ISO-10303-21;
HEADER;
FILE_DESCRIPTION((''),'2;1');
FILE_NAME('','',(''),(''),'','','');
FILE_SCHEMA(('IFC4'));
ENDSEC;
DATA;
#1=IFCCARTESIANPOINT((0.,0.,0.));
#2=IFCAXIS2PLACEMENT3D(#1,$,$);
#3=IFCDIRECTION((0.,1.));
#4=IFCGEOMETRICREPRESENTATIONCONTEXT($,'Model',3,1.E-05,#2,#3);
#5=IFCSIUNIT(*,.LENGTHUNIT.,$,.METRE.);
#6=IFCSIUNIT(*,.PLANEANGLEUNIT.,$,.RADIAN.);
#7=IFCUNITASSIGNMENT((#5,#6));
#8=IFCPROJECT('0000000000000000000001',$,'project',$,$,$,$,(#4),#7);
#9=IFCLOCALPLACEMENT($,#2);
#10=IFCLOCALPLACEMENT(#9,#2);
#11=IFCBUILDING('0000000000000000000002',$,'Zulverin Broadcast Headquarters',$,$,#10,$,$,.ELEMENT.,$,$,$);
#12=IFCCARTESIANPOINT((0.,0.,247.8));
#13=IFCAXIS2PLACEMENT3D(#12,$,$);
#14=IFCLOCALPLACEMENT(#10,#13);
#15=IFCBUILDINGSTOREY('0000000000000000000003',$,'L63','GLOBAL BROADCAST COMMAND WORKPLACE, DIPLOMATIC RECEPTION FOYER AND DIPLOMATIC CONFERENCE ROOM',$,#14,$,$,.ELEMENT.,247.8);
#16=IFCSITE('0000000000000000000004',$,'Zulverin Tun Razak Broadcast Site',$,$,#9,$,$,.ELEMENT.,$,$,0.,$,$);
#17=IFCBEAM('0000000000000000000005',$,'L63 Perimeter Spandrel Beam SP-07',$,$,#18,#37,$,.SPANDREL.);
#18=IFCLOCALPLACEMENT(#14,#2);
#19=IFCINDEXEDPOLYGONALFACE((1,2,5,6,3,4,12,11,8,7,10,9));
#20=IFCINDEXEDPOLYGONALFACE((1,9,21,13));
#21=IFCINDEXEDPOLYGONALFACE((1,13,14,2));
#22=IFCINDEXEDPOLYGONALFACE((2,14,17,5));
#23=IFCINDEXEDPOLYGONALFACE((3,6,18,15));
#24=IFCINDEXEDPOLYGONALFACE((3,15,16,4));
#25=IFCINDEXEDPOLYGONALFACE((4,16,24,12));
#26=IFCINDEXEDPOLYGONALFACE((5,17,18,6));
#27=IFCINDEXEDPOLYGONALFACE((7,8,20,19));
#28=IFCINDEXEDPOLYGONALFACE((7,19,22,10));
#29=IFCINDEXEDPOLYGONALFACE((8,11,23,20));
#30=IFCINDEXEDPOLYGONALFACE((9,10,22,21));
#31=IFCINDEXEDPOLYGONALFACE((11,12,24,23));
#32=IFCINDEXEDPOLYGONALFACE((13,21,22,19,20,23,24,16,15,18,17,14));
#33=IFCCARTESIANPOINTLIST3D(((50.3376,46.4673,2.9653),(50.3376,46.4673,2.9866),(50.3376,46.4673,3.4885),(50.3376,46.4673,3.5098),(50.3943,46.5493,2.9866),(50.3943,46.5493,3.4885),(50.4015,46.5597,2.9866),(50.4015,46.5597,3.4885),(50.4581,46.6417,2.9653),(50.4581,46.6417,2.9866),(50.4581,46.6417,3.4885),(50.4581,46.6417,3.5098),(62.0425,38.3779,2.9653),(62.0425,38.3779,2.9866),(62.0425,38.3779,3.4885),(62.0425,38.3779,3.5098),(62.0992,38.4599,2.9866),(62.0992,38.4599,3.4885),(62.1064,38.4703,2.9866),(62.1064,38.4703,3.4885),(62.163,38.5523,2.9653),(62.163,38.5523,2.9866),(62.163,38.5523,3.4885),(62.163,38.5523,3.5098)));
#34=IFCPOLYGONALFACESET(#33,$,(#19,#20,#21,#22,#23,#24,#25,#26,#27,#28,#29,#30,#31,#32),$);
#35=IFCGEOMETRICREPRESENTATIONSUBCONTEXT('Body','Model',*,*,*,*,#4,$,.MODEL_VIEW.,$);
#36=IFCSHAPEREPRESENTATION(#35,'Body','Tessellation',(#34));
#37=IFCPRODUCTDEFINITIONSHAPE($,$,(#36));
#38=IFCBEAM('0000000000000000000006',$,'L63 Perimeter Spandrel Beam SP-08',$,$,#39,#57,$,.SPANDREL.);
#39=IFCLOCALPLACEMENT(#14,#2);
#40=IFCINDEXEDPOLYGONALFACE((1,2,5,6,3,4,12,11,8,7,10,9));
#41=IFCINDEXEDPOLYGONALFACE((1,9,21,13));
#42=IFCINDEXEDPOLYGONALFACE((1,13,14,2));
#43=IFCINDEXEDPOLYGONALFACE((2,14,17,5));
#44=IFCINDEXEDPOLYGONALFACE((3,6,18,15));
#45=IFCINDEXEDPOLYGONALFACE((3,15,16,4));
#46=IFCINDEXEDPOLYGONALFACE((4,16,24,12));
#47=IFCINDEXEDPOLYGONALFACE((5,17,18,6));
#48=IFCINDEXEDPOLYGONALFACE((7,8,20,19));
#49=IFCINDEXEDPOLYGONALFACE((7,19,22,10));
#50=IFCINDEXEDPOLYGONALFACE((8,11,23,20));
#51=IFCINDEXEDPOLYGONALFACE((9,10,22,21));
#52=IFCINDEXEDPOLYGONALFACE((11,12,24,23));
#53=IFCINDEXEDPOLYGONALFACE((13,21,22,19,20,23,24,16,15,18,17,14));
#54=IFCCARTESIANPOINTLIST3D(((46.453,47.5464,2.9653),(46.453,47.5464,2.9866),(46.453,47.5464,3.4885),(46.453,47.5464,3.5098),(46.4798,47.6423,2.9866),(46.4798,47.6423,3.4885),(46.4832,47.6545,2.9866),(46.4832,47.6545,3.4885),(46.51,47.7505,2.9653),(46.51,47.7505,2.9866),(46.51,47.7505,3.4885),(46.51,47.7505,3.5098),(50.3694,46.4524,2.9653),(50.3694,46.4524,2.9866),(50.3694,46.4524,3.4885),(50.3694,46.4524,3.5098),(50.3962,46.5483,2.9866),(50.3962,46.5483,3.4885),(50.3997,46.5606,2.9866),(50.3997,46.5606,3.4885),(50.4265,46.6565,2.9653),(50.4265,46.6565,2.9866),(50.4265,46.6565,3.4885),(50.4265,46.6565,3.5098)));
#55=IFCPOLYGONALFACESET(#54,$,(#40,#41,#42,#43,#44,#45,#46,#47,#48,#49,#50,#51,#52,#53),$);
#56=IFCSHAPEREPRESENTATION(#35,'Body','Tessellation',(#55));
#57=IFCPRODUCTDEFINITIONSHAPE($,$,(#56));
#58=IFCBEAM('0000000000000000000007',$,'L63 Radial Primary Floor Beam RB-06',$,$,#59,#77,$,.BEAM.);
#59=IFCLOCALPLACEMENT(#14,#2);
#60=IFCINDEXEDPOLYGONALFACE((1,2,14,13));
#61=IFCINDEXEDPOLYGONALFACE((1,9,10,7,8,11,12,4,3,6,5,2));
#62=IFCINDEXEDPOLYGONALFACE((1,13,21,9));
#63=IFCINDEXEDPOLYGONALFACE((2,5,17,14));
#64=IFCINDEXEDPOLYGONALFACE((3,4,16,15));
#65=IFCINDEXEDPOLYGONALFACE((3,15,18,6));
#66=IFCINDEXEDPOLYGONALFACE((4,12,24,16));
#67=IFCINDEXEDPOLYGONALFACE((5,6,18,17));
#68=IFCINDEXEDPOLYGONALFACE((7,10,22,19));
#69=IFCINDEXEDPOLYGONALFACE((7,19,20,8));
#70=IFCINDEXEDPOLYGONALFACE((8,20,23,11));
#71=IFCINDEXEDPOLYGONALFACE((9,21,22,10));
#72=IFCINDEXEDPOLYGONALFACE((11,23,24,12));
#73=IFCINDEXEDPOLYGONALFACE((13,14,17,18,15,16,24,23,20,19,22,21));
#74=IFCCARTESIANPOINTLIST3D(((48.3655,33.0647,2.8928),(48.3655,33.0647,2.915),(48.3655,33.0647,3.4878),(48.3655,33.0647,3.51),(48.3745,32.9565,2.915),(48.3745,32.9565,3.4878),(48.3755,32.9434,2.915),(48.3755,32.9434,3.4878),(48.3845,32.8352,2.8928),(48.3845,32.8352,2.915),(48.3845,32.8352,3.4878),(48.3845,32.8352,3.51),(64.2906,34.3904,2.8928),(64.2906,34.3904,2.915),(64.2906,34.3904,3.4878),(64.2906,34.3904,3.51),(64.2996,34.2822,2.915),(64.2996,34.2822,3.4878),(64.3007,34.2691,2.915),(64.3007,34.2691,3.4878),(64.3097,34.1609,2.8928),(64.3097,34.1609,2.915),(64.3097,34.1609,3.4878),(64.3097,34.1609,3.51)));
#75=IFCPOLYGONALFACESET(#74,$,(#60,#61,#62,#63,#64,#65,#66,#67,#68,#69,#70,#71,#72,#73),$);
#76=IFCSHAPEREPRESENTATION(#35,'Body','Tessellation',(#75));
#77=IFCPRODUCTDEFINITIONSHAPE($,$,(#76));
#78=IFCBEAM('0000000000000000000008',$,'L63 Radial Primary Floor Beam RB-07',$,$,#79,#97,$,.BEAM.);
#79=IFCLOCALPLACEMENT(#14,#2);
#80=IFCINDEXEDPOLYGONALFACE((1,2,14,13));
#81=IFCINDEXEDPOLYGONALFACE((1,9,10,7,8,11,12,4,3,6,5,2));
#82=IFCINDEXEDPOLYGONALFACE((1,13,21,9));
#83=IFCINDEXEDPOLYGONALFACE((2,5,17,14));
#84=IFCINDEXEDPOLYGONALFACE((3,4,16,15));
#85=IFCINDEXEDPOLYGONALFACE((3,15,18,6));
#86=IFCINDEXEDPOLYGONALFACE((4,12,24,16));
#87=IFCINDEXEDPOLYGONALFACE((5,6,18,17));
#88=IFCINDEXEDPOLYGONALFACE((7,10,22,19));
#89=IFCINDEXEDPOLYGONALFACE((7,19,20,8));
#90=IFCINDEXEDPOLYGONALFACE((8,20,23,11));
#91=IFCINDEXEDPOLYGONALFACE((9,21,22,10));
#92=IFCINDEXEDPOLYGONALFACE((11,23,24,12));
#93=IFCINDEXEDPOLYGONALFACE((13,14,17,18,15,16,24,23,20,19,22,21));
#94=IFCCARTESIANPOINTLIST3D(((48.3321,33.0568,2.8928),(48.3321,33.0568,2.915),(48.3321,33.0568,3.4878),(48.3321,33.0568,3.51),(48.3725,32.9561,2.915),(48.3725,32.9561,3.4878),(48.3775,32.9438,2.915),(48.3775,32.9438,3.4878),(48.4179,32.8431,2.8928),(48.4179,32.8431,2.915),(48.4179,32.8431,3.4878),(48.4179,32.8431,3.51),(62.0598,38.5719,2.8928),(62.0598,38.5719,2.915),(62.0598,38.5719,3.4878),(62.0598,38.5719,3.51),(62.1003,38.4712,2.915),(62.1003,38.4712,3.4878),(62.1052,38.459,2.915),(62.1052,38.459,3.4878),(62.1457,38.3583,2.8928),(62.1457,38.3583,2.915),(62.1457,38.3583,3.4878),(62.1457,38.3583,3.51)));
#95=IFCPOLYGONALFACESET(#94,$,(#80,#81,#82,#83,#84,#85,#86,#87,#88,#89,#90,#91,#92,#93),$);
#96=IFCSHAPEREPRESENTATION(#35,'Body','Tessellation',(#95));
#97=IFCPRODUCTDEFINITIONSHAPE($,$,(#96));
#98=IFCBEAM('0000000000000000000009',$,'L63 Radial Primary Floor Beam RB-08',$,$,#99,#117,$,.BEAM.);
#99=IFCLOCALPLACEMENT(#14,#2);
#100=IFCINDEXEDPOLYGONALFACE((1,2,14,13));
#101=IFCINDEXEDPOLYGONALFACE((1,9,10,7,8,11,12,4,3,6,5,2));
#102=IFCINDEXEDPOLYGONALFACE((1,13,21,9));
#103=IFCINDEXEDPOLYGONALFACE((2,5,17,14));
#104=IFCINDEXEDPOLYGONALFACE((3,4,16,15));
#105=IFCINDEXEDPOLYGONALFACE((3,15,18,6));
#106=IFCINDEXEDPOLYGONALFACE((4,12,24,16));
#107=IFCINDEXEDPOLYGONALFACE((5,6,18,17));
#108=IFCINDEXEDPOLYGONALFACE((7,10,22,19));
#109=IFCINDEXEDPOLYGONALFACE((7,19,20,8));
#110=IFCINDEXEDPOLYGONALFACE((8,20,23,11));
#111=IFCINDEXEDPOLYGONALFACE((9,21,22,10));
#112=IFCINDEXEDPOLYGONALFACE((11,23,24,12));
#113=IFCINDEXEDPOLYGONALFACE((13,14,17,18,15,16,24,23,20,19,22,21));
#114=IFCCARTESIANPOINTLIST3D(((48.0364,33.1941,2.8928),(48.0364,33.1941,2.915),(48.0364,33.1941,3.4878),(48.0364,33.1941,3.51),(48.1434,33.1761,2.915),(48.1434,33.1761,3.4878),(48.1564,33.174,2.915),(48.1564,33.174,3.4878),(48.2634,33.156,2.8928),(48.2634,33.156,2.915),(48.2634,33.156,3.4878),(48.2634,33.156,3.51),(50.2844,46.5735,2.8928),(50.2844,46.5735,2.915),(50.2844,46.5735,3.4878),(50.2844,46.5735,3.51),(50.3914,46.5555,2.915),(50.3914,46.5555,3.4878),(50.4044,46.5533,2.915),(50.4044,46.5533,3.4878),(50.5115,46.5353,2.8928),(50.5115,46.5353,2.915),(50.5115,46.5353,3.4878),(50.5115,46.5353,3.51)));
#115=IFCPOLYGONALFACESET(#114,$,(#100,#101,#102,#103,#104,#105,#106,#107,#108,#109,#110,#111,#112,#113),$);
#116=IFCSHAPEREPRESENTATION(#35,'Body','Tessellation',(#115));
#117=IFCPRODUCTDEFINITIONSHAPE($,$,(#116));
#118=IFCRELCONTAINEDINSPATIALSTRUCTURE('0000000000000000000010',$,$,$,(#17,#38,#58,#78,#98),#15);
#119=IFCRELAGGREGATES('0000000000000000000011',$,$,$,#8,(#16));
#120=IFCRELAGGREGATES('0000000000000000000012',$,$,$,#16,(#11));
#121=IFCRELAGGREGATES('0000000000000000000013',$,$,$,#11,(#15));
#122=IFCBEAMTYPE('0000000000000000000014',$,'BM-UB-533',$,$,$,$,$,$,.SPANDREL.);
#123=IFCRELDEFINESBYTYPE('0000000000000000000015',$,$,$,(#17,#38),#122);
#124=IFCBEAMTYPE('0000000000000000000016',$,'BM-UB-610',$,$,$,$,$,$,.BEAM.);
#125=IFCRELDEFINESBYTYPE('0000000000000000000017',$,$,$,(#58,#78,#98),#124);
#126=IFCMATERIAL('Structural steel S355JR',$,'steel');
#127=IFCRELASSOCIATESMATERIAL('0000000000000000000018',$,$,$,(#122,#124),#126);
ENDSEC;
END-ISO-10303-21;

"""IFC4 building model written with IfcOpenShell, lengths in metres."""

from ifc_helpers import new_model, si_unit, direction, frame, origin, origin_2d, place, context, subcontext, project, spatial, i_section, extrude, material, material_profile, profile_set, type_object, element, save


model = new_model("IFC4")

# Units and contexts
model_context = context("Model", 3, precision=1e-05, world=origin(), true_north=direction((0.0, 1.0)))
body_context = subcontext(model_context, "Body", "Model", "MODEL_VIEW")
ifc_project = project(units=[si_unit("LENGTHUNIT", "METRE"), si_unit("PLANEANGLEUNIT", "RADIAN")], contexts=[model_context])

# Site, building, storey
site_placement = place(None, origin())
site = spatial("IfcSite", under=ifc_project, at=site_placement, Name="Zulverin Tun Razak Broadcast Site", CompositionType="ELEMENT", RefElevation=0.0)
building_placement = place(site_placement, origin())
building = spatial("IfcBuilding", under=site, at=building_placement, Name="Zulverin Broadcast Headquarters", CompositionType="ELEMENT")
storey_placement = place(building_placement, frame((0.0, 0.0, 247.8)))
storey = spatial("IfcBuildingStorey", under=building, at=storey_placement, Name="L63", Description="GLOBAL BROADCAST COMMAND WORKPLACE, DIPLOMATIC RECEPTION FOYER AND DIPLOMATIC CONFERENCE ROOM", CompositionType="ELEMENT", Elevation=247.8)

# Beams
ifc_material_1 = material(Name="Structural steel S355JR", Category="steel")
ifc_material_profile_1 = material_profile(ifc_material_1, i_section(OverallWidth=0.2119, OverallDepth=0.5444, WebThickness=0.0127, FlangeThickness=0.0212, at=origin_2d()), Name="Structural steel S355JR", Category="steel")
ifc_profile_set_1 = profile_set([ifc_material_profile_1], Name="Structural steel S355JR")
beam_type_1 = type_object("IfcBeamType", Name="BM-UB-533", PredefinedType="SPANDREL", material=ifc_profile_set_1)
beam_1_placement = place(storey_placement, frame((62.1028, 38.4651, 3.2375), z_axis=(-0.822652, 0.568545, 0.0), x_axis=(-0.568545, -0.822652, 0.0)))
element("IfcBeam", 1, at=beam_1_placement, inside=storey, type_object=beam_type_1, Name="L63 Perimeter Spandrel Beam SP-07", PredefinedType="SPANDREL", context=body_context, shape_type="SweptSolid", body=[
    extrude(i_section(OverallWidth=0.2119, OverallDepth=0.5444, WebThickness=0.0127, FlangeThickness=0.0212, at=origin_2d()), origin(), (0.0, 0.0, 1.0), 14.2283),
])
beam_2_placement = place(storey_placement, frame((50.3979, 46.5544, 3.2375), z_axis=(-0.963132, 0.269031, 0.0), x_axis=(-0.269031, -0.963132, 0.0)))
element("IfcBeam", 2, at=beam_2_placement, inside=storey, type_object=beam_type_1, Name="L63 Perimeter Spandrel Beam SP-08", PredefinedType="SPANDREL", context=body_context, shape_type="SweptSolid", body=[
    extrude(i_section(OverallWidth=0.2119, OverallDepth=0.5444, WebThickness=0.0127, FlangeThickness=0.0212, at=origin_2d()), origin(), (0.0, 0.0, 1.0), 4.0664),
])
ifc_material_profile_2 = material_profile(ifc_material_1, i_section(OverallWidth=0.2302, OverallDepth=0.6172, WebThickness=0.0132, FlangeThickness=0.0222, at=origin_2d()), Name="Structural steel S355JR", Category="steel")
ifc_profile_set_2 = profile_set([ifc_material_profile_2], Name="Structural steel S355JR")
beam_type_2 = type_object("IfcBeamType", Name="BM-UB-610", PredefinedType="BEAM", material=ifc_profile_set_2)
beam_3_placement = place(storey_placement, frame((48.375, 32.95, 3.2014), z_axis=(0.996553, 0.082958, 0.0), x_axis=(-0.082958, 0.996553, 0.0)))
element("IfcBeam", 3, at=beam_3_placement, inside=storey, type_object=beam_type_2, Name="L63 Radial Primary Floor Beam RB-06", PredefinedType="BEAM", context=body_context, shape_type="SweptSolid", body=[
    extrude(i_section(OverallWidth=0.2302, OverallDepth=0.6172, WebThickness=0.0132, FlangeThickness=0.0222, at=origin_2d()), origin(), (0.0, 0.0, 1.0), 15.9802),
])
beam_4_placement = place(storey_placement, frame((48.375, 32.95, 3.2014), z_axis=(0.927916, 0.37279, 0.0), x_axis=(-0.37279, 0.927916, 0.0)))
element("IfcBeam", 4, at=beam_4_placement, inside=storey, type_object=beam_type_2, Name="L63 Radial Primary Floor Beam RB-07", PredefinedType="BEAM", context=body_context, shape_type="SweptSolid", body=[
    extrude(i_section(OverallWidth=0.2302, OverallDepth=0.6172, WebThickness=0.0132, FlangeThickness=0.0222, at=origin_2d()), origin(), (0.0, 0.0, 1.0), 14.7942),
])
beam_5_placement = place(storey_placement, frame((48.1499, 33.175, 3.2014), z_axis=(0.1657, 0.986176, 0.0), x_axis=(-0.986176, 0.1657, 0.0)))
element("IfcBeam", 5, at=beam_5_placement, inside=storey, type_object=beam_type_2, Name="L63 Radial Primary Floor Beam RB-08", PredefinedType="BEAM", context=body_context, shape_type="SweptSolid", body=[
    extrude(i_section(OverallWidth=0.2302, OverallDepth=0.6172, WebThickness=0.0132, FlangeThickness=0.0222, at=origin_2d()), origin(), (0.0, 0.0, 1.0), 13.5669),
])

save(model, "model.ifc")
